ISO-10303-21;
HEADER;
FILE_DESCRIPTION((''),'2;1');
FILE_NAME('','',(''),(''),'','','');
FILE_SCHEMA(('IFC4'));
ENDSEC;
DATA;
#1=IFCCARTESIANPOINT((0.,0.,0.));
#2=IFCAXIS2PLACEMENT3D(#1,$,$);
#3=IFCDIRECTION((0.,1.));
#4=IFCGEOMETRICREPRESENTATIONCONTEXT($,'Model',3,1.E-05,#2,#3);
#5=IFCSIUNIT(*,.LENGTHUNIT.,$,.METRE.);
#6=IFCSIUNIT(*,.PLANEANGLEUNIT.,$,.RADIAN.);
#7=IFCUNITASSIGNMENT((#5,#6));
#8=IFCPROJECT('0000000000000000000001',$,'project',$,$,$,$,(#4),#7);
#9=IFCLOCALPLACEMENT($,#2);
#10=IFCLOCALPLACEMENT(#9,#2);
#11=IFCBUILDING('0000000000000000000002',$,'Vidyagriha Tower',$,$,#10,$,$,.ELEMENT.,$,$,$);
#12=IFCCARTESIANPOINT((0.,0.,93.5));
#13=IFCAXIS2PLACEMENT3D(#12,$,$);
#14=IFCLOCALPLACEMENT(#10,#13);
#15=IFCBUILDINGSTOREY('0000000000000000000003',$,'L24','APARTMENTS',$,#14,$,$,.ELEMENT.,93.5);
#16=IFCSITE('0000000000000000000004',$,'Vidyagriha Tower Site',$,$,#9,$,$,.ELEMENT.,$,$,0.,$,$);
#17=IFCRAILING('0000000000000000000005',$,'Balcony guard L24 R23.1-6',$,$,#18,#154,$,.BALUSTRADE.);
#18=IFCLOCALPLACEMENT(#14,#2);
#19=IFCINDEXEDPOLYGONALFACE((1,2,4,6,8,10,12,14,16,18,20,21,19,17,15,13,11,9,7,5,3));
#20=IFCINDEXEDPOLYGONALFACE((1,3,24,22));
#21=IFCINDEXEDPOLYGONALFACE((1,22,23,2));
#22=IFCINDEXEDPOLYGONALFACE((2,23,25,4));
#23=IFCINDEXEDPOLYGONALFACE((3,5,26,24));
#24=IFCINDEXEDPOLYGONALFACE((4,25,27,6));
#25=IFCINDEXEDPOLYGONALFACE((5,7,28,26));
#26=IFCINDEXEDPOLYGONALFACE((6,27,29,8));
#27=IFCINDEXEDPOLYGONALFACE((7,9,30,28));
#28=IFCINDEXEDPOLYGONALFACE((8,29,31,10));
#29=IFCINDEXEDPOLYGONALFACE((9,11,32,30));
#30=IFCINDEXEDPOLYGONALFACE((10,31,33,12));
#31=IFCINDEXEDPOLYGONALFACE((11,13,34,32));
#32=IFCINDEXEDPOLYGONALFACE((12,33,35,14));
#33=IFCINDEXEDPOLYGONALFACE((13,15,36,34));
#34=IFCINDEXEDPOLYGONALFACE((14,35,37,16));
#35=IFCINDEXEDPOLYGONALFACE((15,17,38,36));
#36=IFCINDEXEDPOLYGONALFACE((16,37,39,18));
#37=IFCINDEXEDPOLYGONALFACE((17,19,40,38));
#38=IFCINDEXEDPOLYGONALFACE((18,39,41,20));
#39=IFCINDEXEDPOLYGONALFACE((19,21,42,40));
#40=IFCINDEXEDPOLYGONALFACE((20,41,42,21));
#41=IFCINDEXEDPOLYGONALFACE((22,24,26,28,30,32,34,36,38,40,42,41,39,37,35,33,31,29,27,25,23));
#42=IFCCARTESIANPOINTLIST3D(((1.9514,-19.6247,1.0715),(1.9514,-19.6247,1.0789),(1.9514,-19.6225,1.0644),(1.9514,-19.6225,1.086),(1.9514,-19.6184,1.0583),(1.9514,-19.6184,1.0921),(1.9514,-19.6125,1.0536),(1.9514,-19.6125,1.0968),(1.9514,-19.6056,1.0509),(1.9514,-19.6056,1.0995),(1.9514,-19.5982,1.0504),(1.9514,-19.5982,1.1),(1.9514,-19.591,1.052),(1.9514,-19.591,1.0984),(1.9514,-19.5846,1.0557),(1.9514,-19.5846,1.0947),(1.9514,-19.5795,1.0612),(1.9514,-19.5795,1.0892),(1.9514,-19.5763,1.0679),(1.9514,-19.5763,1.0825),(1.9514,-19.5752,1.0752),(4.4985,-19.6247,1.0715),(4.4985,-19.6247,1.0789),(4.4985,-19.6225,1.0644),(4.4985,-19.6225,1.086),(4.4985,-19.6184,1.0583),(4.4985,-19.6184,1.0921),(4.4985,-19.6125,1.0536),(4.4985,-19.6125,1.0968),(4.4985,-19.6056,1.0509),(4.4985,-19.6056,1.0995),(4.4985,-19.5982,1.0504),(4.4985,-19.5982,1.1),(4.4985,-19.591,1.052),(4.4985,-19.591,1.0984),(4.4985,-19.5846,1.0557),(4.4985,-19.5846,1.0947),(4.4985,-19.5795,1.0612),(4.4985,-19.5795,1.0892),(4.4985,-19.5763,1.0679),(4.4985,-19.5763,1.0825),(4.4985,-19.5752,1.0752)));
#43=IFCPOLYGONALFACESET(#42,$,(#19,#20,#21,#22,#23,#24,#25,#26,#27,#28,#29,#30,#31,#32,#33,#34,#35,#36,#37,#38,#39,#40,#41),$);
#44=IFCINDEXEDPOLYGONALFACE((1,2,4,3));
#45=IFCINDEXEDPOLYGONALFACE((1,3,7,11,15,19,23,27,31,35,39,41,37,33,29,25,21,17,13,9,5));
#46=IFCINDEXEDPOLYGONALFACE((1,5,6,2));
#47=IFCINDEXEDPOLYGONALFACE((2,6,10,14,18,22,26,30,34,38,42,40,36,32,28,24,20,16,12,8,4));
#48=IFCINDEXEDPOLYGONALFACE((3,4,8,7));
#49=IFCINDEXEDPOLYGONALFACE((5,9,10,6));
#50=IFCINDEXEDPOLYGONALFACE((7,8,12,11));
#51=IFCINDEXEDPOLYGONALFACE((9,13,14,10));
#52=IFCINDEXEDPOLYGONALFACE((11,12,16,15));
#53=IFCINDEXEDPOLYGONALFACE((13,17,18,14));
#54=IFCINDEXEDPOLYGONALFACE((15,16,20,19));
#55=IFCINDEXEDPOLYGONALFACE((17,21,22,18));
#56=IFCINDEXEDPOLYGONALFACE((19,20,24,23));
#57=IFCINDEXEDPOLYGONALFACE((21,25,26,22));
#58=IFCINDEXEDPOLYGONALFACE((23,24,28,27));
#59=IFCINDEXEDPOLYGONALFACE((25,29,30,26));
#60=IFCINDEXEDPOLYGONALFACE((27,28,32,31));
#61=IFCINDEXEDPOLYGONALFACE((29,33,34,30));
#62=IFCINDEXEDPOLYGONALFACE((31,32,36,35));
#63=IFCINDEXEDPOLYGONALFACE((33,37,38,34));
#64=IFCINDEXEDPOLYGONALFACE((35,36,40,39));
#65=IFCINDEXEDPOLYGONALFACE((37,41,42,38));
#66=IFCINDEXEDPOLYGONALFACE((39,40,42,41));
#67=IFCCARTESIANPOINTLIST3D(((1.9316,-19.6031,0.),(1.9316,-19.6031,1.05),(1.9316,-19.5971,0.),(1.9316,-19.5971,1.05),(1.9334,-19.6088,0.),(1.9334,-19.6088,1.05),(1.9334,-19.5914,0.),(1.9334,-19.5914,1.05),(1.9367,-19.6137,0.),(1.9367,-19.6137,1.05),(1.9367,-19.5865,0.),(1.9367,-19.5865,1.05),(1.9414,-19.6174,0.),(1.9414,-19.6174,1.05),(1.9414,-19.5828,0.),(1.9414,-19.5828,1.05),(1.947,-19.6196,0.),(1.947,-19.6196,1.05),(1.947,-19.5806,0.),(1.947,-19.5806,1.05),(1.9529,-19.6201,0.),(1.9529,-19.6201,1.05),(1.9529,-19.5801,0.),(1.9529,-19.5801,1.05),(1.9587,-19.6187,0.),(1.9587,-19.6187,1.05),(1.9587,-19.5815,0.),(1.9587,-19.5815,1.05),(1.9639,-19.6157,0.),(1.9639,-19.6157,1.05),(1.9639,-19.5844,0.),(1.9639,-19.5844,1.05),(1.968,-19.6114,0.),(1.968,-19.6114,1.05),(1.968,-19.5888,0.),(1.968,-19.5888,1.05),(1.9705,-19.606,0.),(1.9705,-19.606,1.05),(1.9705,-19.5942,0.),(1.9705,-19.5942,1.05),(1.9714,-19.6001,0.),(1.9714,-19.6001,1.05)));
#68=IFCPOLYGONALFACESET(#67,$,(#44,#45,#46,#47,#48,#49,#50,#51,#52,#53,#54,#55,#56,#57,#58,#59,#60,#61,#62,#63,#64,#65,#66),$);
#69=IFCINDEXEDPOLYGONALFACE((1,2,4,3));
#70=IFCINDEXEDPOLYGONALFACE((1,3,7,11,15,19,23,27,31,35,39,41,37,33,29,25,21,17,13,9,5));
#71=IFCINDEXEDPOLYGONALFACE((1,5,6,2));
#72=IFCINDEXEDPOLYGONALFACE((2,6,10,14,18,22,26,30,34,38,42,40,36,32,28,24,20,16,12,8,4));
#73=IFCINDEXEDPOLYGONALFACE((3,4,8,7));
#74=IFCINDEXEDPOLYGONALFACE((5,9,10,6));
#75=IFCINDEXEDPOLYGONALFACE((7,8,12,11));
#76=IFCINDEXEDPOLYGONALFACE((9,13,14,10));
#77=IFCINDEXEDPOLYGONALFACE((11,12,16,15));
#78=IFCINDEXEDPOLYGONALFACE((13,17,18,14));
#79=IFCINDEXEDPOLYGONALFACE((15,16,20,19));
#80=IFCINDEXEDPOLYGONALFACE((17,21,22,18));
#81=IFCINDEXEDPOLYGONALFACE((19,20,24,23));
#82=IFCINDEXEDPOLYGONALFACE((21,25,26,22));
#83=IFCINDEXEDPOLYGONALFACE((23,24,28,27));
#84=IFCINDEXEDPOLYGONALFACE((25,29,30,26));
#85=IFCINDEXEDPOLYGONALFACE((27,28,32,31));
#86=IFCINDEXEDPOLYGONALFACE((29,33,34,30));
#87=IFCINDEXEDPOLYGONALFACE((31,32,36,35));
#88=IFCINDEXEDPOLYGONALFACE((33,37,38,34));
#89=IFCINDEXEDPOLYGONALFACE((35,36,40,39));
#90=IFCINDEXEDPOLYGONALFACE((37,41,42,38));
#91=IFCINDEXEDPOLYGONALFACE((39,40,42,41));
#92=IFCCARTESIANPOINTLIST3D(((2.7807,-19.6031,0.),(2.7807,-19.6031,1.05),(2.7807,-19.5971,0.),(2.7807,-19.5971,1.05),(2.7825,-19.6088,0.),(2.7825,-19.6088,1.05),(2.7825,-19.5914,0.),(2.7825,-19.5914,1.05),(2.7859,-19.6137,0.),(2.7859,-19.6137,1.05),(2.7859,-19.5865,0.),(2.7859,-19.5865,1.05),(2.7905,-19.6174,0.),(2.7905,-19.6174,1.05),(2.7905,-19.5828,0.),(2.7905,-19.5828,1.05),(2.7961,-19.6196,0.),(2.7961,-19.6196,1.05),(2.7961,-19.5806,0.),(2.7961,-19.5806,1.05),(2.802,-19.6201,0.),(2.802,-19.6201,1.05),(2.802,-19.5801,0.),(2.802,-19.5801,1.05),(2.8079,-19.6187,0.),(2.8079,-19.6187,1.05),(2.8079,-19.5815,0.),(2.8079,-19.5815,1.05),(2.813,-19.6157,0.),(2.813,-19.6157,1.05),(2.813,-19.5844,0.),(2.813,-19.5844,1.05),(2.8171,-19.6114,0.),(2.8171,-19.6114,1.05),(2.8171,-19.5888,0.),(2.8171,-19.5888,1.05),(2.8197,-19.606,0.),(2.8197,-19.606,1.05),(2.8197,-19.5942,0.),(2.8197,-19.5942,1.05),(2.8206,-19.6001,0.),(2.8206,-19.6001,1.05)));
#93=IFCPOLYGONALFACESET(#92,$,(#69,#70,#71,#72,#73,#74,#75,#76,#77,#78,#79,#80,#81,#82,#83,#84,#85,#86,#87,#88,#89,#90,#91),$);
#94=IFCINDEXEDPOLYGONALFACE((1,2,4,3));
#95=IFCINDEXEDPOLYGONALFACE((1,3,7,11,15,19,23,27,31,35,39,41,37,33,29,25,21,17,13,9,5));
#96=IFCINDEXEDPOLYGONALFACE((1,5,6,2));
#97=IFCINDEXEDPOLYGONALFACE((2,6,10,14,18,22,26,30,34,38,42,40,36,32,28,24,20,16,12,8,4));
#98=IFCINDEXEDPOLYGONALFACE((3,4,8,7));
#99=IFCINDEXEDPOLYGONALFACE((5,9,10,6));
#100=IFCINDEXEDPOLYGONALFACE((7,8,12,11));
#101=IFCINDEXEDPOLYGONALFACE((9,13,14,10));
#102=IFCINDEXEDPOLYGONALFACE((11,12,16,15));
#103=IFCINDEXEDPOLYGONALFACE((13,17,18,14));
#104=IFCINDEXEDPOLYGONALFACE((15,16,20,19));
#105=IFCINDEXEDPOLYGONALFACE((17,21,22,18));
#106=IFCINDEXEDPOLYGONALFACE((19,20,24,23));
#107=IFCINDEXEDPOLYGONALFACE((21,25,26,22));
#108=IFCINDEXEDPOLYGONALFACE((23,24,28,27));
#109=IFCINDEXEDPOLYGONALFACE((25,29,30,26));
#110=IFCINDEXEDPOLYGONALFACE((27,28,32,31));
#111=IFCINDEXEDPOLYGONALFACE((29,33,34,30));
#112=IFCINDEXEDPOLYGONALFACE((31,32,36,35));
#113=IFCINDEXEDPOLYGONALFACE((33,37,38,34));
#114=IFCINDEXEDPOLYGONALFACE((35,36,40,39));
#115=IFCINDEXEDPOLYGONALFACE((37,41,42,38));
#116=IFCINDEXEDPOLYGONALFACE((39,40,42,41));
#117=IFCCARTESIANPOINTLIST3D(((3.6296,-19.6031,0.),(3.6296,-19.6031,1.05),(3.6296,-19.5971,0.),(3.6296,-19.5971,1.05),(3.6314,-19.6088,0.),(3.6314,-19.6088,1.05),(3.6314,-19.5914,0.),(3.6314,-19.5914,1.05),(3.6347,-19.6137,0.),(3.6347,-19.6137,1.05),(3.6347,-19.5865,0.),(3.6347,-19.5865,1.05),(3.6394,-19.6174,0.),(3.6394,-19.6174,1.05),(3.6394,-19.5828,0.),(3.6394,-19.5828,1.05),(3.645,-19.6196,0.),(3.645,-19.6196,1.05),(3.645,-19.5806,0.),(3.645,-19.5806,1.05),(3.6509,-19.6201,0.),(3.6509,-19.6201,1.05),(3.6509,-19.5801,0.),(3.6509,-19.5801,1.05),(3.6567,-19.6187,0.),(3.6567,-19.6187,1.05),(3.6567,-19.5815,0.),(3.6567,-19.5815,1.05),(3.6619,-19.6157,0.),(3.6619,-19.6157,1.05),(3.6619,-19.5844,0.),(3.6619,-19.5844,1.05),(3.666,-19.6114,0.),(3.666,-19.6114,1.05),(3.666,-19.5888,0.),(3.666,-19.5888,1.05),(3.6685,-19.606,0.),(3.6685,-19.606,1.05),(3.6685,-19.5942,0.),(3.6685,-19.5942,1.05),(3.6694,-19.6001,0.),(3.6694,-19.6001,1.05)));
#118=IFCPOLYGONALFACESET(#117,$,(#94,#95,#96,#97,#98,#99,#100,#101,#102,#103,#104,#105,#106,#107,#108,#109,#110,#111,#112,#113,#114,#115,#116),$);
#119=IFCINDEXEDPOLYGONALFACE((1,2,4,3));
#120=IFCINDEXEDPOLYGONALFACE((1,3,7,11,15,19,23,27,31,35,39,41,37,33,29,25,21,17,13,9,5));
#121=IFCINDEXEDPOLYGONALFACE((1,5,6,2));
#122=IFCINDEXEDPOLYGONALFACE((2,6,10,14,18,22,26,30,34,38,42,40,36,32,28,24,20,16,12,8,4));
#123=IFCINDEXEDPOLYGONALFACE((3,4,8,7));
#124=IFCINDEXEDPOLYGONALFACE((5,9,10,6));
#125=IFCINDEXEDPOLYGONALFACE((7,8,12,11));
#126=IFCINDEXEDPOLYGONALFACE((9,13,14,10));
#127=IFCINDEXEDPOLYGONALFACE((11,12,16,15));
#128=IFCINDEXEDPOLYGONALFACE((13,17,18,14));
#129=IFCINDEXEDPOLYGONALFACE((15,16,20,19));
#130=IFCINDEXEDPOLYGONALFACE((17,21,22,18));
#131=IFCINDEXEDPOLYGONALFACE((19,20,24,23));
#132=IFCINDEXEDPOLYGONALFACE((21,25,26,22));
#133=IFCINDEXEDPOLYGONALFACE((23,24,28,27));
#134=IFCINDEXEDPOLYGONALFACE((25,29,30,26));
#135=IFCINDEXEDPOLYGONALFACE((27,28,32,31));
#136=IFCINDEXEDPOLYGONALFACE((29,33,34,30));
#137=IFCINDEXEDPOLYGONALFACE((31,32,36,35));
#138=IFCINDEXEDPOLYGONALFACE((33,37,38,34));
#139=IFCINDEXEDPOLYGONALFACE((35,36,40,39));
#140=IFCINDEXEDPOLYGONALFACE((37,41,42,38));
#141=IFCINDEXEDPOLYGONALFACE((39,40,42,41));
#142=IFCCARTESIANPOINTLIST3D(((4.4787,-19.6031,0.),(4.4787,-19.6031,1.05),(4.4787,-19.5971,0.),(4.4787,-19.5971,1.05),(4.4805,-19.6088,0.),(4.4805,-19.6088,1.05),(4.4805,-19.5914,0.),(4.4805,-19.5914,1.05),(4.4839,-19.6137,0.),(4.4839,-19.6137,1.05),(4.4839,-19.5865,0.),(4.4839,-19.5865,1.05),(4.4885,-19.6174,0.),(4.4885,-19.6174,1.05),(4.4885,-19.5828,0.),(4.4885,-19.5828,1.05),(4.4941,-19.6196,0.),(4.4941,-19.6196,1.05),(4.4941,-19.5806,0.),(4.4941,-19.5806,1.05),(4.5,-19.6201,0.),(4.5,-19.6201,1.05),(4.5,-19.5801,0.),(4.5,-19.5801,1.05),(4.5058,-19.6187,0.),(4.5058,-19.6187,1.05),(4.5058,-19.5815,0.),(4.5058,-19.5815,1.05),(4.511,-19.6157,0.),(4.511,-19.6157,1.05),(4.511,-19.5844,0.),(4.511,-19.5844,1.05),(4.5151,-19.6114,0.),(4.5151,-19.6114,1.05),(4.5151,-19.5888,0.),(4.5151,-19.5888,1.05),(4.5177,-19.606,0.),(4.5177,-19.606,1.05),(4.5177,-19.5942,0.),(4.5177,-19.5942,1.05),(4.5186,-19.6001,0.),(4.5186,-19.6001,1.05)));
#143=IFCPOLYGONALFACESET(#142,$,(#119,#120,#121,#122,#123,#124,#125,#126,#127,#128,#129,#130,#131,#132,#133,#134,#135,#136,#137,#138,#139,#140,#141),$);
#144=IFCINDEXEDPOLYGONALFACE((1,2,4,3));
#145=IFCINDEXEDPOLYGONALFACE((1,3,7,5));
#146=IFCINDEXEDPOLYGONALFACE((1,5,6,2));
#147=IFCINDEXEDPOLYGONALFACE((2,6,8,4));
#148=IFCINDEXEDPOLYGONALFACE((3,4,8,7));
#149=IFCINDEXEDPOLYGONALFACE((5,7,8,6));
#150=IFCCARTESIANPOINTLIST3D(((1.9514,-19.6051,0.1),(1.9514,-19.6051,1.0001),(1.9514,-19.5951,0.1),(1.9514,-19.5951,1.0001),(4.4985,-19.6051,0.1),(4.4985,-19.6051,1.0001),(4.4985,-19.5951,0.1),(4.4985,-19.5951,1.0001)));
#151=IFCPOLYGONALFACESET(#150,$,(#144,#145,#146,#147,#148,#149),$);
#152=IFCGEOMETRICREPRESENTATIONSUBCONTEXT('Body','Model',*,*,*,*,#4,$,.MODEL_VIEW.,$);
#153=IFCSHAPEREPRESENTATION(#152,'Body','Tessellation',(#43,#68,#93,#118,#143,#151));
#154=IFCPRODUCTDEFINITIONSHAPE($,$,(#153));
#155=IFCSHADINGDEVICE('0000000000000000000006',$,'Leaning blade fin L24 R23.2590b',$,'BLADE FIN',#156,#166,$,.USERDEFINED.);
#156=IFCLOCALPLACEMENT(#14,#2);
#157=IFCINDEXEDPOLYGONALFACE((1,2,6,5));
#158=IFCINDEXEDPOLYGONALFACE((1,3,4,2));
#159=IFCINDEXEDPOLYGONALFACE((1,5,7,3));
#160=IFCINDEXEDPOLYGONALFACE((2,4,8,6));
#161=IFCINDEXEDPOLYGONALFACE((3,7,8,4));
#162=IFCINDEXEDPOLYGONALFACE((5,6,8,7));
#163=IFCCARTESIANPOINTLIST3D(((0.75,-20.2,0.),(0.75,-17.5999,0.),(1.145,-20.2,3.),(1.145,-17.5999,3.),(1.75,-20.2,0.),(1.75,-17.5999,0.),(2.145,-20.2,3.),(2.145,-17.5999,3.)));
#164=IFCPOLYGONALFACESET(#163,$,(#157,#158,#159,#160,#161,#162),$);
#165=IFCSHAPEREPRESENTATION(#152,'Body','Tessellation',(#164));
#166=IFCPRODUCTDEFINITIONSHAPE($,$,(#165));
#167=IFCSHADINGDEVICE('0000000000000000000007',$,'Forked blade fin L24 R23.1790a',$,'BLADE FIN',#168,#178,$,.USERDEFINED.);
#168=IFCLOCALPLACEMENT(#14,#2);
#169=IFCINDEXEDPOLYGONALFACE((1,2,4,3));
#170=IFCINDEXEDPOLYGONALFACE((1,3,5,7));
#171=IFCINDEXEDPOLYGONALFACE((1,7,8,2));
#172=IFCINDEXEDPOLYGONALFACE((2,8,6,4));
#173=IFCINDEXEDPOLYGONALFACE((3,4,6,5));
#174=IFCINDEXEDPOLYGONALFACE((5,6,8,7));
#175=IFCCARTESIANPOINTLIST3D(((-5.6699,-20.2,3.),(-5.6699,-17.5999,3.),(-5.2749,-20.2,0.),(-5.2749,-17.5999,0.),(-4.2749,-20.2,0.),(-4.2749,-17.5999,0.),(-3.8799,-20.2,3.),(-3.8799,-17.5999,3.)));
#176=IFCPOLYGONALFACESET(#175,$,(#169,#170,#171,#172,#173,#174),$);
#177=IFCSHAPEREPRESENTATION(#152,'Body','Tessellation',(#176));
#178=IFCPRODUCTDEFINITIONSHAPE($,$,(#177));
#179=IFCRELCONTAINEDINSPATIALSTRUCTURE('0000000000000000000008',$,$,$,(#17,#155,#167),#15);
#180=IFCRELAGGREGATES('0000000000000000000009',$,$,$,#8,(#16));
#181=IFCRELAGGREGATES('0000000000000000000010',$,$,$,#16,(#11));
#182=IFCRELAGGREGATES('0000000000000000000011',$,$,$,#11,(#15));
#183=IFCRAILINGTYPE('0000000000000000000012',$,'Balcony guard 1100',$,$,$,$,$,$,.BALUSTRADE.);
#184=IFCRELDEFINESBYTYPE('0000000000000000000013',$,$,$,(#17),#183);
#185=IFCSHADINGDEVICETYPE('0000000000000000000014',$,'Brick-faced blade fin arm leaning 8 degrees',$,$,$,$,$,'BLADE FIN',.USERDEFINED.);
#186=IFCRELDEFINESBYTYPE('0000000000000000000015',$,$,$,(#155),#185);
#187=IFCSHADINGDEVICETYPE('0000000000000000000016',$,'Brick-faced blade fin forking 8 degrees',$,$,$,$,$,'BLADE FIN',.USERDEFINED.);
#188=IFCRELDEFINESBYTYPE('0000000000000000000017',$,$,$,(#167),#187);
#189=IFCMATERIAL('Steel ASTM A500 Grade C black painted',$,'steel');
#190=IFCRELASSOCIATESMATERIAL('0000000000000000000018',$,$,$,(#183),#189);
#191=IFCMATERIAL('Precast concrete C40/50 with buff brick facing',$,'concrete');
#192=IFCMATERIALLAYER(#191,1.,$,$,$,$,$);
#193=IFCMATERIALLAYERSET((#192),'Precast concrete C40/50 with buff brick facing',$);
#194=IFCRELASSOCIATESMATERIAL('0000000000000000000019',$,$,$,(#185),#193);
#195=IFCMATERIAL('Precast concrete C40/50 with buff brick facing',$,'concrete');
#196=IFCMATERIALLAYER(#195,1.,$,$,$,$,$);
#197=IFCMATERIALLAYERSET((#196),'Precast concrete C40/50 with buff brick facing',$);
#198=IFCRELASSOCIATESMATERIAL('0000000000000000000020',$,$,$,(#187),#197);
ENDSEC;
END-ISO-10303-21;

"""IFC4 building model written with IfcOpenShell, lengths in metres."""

from ifc_helpers import new_model, si_unit, direction, frame, origin, origin_2d, place, context, subcontext, project, spatial, polyline, rectangle, circle, outline, extrude, material, layer, layer_set, type_object, element, save


model = new_model("IFC4")

# Units and contexts
model_context = context("Model", 3, precision=1e-05, world=origin(), true_north=direction((0.0, 1.0)))
body_context = subcontext(model_context, "Body", "Model", "MODEL_VIEW")
ifc_project = project(units=[si_unit("LENGTHUNIT", "METRE"), si_unit("PLANEANGLEUNIT", "RADIAN")], contexts=[model_context])

# Site, building, storey
site_placement = place(None, origin())
site = spatial("IfcSite", under=ifc_project, at=site_placement, Name="Vidyagriha Tower Site", CompositionType="ELEMENT", RefElevation=0.0)
building_placement = place(site_placement, origin())
building = spatial("IfcBuilding", under=site, at=building_placement, Name="Vidyagriha Tower", CompositionType="ELEMENT")
storey_placement = place(building_placement, frame((0.0, 0.0, 93.5)))
storey = spatial("IfcBuildingStorey", under=building, at=storey_placement, Name="L24", Description="APARTMENTS", CompositionType="ELEMENT", Elevation=93.5)

# Railing
ifc_material_1 = material(Name="Steel ASTM A500 Grade C black painted", Category="steel")
railing_type = type_object("IfcRailingType", Name="Balcony guard 1100", PredefinedType="BALUSTRADE", material=ifc_material_1)
railing_1_placement = place(storey_placement, frame((1.9514, -19.6001, 0.0)))
element("IfcRailing", 1, at=railing_1_placement, inside=storey, type_object=railing_type, Name="Balcony guard L24 R23.1-6", PredefinedType="BALUSTRADE", context=body_context, shape_type="SweptSolid", body=[
    extrude(circle(Radius=0.0249, at=origin_2d()), frame((0.0, 0.0, 1.0752), z_axis=(1.0, 0.0, 0.0), x_axis=(0.0, 1.0, 0.0)), (0.0, 0.0, 1.0), 2.5471),
    extrude(circle(Radius=0.02, at=origin_2d()), origin(), (0.0, 0.0, 1.0), 1.05),
    extrude(circle(Radius=0.02, at=origin_2d()), frame((0.8491, 0.0, 0.0)), (0.0, 0.0, 1.0), 1.05),
    extrude(circle(Radius=0.02, at=origin_2d()), frame((1.698, 0.0, 0.0)), (0.0, 0.0, 1.0), 1.05),
    extrude(circle(Radius=0.02, at=origin_2d()), frame((2.5471, 0.0, 0.0)), (0.0, 0.0, 1.0), 1.05),
    extrude(rectangle(XDim=0.01, YDim=0.9001, at=origin_2d()), frame((0.0, 0.0, 0.55), z_axis=(1.0, 0.0, 0.0), x_axis=(0.0, 1.0, 0.0)), (0.0, 0.0, 1.0), 2.5471),
])

# Shading devices
ifc_material_2 = material(Name="Precast concrete C40/50 with buff brick facing", Category="concrete")
ifc_layer_1 = layer(ifc_material_2, 1.0)
ifc_layer_set_1 = layer_set([ifc_layer_1], Name="Precast concrete C40/50 with buff brick facing")
shading_device_type_1 = type_object("IfcShadingDeviceType", Name="Brick-faced blade fin arm leaning 8 degrees", ElementType="BLADE FIN", PredefinedType="USERDEFINED", material=ifc_layer_set_1)
shading_device_1_placement = place(storey_placement, frame((0.75, -18.8999, 0.0)))
element("IfcShadingDevice", 2, at=shading_device_1_placement, inside=storey, type_object=shading_device_type_1, Name="Leaning blade fin L24 R23.2590b", ObjectType="BLADE FIN", PredefinedType="USERDEFINED", context=body_context, shape_type="SweptSolid", body=[
    extrude(outline(polyline([(0.0, 0.0), (1.0, 0.0), (1.395, 3.0), (0.395, 3.0), (0.0, 0.0)])), frame((0.0, 1.3, 0.0), z_axis=(0.0, -1.0, 0.0), x_axis=(1.0, 0.0, 0.0)), (0.0, 0.0, 1.0), 2.6001),
])
ifc_material_3 = material(Name="Precast concrete C40/50 with buff brick facing", Category="concrete")
ifc_layer_2 = layer(ifc_material_3, 1.0)
ifc_layer_set_2 = layer_set([ifc_layer_2], Name="Precast concrete C40/50 with buff brick facing")
shading_device_type_2 = type_object("IfcShadingDeviceType", Name="Brick-faced blade fin forking 8 degrees", ElementType="BLADE FIN", PredefinedType="USERDEFINED", material=ifc_layer_set_2)
shading_device_2_placement = place(storey_placement, frame((-5.6699, -18.8999, 0.0)))
element("IfcShadingDevice", 3, at=shading_device_2_placement, inside=storey, type_object=shading_device_type_2, Name="Forked blade fin L24 R23.1790a", ObjectType="BLADE FIN", PredefinedType="USERDEFINED", context=body_context, shape_type="SweptSolid", body=[
    extrude(outline(polyline([(0.395, 0.0), (1.395, 0.0), (1.79, 3.0), (0.0, 3.0), (0.395, 0.0)])), frame((0.0, 1.3, 0.0), z_axis=(0.0, -1.0, 0.0), x_axis=(1.0, 0.0, 0.0)), (0.0, 0.0, 1.0), 2.6001),
])

save(model, "model.ifc")
